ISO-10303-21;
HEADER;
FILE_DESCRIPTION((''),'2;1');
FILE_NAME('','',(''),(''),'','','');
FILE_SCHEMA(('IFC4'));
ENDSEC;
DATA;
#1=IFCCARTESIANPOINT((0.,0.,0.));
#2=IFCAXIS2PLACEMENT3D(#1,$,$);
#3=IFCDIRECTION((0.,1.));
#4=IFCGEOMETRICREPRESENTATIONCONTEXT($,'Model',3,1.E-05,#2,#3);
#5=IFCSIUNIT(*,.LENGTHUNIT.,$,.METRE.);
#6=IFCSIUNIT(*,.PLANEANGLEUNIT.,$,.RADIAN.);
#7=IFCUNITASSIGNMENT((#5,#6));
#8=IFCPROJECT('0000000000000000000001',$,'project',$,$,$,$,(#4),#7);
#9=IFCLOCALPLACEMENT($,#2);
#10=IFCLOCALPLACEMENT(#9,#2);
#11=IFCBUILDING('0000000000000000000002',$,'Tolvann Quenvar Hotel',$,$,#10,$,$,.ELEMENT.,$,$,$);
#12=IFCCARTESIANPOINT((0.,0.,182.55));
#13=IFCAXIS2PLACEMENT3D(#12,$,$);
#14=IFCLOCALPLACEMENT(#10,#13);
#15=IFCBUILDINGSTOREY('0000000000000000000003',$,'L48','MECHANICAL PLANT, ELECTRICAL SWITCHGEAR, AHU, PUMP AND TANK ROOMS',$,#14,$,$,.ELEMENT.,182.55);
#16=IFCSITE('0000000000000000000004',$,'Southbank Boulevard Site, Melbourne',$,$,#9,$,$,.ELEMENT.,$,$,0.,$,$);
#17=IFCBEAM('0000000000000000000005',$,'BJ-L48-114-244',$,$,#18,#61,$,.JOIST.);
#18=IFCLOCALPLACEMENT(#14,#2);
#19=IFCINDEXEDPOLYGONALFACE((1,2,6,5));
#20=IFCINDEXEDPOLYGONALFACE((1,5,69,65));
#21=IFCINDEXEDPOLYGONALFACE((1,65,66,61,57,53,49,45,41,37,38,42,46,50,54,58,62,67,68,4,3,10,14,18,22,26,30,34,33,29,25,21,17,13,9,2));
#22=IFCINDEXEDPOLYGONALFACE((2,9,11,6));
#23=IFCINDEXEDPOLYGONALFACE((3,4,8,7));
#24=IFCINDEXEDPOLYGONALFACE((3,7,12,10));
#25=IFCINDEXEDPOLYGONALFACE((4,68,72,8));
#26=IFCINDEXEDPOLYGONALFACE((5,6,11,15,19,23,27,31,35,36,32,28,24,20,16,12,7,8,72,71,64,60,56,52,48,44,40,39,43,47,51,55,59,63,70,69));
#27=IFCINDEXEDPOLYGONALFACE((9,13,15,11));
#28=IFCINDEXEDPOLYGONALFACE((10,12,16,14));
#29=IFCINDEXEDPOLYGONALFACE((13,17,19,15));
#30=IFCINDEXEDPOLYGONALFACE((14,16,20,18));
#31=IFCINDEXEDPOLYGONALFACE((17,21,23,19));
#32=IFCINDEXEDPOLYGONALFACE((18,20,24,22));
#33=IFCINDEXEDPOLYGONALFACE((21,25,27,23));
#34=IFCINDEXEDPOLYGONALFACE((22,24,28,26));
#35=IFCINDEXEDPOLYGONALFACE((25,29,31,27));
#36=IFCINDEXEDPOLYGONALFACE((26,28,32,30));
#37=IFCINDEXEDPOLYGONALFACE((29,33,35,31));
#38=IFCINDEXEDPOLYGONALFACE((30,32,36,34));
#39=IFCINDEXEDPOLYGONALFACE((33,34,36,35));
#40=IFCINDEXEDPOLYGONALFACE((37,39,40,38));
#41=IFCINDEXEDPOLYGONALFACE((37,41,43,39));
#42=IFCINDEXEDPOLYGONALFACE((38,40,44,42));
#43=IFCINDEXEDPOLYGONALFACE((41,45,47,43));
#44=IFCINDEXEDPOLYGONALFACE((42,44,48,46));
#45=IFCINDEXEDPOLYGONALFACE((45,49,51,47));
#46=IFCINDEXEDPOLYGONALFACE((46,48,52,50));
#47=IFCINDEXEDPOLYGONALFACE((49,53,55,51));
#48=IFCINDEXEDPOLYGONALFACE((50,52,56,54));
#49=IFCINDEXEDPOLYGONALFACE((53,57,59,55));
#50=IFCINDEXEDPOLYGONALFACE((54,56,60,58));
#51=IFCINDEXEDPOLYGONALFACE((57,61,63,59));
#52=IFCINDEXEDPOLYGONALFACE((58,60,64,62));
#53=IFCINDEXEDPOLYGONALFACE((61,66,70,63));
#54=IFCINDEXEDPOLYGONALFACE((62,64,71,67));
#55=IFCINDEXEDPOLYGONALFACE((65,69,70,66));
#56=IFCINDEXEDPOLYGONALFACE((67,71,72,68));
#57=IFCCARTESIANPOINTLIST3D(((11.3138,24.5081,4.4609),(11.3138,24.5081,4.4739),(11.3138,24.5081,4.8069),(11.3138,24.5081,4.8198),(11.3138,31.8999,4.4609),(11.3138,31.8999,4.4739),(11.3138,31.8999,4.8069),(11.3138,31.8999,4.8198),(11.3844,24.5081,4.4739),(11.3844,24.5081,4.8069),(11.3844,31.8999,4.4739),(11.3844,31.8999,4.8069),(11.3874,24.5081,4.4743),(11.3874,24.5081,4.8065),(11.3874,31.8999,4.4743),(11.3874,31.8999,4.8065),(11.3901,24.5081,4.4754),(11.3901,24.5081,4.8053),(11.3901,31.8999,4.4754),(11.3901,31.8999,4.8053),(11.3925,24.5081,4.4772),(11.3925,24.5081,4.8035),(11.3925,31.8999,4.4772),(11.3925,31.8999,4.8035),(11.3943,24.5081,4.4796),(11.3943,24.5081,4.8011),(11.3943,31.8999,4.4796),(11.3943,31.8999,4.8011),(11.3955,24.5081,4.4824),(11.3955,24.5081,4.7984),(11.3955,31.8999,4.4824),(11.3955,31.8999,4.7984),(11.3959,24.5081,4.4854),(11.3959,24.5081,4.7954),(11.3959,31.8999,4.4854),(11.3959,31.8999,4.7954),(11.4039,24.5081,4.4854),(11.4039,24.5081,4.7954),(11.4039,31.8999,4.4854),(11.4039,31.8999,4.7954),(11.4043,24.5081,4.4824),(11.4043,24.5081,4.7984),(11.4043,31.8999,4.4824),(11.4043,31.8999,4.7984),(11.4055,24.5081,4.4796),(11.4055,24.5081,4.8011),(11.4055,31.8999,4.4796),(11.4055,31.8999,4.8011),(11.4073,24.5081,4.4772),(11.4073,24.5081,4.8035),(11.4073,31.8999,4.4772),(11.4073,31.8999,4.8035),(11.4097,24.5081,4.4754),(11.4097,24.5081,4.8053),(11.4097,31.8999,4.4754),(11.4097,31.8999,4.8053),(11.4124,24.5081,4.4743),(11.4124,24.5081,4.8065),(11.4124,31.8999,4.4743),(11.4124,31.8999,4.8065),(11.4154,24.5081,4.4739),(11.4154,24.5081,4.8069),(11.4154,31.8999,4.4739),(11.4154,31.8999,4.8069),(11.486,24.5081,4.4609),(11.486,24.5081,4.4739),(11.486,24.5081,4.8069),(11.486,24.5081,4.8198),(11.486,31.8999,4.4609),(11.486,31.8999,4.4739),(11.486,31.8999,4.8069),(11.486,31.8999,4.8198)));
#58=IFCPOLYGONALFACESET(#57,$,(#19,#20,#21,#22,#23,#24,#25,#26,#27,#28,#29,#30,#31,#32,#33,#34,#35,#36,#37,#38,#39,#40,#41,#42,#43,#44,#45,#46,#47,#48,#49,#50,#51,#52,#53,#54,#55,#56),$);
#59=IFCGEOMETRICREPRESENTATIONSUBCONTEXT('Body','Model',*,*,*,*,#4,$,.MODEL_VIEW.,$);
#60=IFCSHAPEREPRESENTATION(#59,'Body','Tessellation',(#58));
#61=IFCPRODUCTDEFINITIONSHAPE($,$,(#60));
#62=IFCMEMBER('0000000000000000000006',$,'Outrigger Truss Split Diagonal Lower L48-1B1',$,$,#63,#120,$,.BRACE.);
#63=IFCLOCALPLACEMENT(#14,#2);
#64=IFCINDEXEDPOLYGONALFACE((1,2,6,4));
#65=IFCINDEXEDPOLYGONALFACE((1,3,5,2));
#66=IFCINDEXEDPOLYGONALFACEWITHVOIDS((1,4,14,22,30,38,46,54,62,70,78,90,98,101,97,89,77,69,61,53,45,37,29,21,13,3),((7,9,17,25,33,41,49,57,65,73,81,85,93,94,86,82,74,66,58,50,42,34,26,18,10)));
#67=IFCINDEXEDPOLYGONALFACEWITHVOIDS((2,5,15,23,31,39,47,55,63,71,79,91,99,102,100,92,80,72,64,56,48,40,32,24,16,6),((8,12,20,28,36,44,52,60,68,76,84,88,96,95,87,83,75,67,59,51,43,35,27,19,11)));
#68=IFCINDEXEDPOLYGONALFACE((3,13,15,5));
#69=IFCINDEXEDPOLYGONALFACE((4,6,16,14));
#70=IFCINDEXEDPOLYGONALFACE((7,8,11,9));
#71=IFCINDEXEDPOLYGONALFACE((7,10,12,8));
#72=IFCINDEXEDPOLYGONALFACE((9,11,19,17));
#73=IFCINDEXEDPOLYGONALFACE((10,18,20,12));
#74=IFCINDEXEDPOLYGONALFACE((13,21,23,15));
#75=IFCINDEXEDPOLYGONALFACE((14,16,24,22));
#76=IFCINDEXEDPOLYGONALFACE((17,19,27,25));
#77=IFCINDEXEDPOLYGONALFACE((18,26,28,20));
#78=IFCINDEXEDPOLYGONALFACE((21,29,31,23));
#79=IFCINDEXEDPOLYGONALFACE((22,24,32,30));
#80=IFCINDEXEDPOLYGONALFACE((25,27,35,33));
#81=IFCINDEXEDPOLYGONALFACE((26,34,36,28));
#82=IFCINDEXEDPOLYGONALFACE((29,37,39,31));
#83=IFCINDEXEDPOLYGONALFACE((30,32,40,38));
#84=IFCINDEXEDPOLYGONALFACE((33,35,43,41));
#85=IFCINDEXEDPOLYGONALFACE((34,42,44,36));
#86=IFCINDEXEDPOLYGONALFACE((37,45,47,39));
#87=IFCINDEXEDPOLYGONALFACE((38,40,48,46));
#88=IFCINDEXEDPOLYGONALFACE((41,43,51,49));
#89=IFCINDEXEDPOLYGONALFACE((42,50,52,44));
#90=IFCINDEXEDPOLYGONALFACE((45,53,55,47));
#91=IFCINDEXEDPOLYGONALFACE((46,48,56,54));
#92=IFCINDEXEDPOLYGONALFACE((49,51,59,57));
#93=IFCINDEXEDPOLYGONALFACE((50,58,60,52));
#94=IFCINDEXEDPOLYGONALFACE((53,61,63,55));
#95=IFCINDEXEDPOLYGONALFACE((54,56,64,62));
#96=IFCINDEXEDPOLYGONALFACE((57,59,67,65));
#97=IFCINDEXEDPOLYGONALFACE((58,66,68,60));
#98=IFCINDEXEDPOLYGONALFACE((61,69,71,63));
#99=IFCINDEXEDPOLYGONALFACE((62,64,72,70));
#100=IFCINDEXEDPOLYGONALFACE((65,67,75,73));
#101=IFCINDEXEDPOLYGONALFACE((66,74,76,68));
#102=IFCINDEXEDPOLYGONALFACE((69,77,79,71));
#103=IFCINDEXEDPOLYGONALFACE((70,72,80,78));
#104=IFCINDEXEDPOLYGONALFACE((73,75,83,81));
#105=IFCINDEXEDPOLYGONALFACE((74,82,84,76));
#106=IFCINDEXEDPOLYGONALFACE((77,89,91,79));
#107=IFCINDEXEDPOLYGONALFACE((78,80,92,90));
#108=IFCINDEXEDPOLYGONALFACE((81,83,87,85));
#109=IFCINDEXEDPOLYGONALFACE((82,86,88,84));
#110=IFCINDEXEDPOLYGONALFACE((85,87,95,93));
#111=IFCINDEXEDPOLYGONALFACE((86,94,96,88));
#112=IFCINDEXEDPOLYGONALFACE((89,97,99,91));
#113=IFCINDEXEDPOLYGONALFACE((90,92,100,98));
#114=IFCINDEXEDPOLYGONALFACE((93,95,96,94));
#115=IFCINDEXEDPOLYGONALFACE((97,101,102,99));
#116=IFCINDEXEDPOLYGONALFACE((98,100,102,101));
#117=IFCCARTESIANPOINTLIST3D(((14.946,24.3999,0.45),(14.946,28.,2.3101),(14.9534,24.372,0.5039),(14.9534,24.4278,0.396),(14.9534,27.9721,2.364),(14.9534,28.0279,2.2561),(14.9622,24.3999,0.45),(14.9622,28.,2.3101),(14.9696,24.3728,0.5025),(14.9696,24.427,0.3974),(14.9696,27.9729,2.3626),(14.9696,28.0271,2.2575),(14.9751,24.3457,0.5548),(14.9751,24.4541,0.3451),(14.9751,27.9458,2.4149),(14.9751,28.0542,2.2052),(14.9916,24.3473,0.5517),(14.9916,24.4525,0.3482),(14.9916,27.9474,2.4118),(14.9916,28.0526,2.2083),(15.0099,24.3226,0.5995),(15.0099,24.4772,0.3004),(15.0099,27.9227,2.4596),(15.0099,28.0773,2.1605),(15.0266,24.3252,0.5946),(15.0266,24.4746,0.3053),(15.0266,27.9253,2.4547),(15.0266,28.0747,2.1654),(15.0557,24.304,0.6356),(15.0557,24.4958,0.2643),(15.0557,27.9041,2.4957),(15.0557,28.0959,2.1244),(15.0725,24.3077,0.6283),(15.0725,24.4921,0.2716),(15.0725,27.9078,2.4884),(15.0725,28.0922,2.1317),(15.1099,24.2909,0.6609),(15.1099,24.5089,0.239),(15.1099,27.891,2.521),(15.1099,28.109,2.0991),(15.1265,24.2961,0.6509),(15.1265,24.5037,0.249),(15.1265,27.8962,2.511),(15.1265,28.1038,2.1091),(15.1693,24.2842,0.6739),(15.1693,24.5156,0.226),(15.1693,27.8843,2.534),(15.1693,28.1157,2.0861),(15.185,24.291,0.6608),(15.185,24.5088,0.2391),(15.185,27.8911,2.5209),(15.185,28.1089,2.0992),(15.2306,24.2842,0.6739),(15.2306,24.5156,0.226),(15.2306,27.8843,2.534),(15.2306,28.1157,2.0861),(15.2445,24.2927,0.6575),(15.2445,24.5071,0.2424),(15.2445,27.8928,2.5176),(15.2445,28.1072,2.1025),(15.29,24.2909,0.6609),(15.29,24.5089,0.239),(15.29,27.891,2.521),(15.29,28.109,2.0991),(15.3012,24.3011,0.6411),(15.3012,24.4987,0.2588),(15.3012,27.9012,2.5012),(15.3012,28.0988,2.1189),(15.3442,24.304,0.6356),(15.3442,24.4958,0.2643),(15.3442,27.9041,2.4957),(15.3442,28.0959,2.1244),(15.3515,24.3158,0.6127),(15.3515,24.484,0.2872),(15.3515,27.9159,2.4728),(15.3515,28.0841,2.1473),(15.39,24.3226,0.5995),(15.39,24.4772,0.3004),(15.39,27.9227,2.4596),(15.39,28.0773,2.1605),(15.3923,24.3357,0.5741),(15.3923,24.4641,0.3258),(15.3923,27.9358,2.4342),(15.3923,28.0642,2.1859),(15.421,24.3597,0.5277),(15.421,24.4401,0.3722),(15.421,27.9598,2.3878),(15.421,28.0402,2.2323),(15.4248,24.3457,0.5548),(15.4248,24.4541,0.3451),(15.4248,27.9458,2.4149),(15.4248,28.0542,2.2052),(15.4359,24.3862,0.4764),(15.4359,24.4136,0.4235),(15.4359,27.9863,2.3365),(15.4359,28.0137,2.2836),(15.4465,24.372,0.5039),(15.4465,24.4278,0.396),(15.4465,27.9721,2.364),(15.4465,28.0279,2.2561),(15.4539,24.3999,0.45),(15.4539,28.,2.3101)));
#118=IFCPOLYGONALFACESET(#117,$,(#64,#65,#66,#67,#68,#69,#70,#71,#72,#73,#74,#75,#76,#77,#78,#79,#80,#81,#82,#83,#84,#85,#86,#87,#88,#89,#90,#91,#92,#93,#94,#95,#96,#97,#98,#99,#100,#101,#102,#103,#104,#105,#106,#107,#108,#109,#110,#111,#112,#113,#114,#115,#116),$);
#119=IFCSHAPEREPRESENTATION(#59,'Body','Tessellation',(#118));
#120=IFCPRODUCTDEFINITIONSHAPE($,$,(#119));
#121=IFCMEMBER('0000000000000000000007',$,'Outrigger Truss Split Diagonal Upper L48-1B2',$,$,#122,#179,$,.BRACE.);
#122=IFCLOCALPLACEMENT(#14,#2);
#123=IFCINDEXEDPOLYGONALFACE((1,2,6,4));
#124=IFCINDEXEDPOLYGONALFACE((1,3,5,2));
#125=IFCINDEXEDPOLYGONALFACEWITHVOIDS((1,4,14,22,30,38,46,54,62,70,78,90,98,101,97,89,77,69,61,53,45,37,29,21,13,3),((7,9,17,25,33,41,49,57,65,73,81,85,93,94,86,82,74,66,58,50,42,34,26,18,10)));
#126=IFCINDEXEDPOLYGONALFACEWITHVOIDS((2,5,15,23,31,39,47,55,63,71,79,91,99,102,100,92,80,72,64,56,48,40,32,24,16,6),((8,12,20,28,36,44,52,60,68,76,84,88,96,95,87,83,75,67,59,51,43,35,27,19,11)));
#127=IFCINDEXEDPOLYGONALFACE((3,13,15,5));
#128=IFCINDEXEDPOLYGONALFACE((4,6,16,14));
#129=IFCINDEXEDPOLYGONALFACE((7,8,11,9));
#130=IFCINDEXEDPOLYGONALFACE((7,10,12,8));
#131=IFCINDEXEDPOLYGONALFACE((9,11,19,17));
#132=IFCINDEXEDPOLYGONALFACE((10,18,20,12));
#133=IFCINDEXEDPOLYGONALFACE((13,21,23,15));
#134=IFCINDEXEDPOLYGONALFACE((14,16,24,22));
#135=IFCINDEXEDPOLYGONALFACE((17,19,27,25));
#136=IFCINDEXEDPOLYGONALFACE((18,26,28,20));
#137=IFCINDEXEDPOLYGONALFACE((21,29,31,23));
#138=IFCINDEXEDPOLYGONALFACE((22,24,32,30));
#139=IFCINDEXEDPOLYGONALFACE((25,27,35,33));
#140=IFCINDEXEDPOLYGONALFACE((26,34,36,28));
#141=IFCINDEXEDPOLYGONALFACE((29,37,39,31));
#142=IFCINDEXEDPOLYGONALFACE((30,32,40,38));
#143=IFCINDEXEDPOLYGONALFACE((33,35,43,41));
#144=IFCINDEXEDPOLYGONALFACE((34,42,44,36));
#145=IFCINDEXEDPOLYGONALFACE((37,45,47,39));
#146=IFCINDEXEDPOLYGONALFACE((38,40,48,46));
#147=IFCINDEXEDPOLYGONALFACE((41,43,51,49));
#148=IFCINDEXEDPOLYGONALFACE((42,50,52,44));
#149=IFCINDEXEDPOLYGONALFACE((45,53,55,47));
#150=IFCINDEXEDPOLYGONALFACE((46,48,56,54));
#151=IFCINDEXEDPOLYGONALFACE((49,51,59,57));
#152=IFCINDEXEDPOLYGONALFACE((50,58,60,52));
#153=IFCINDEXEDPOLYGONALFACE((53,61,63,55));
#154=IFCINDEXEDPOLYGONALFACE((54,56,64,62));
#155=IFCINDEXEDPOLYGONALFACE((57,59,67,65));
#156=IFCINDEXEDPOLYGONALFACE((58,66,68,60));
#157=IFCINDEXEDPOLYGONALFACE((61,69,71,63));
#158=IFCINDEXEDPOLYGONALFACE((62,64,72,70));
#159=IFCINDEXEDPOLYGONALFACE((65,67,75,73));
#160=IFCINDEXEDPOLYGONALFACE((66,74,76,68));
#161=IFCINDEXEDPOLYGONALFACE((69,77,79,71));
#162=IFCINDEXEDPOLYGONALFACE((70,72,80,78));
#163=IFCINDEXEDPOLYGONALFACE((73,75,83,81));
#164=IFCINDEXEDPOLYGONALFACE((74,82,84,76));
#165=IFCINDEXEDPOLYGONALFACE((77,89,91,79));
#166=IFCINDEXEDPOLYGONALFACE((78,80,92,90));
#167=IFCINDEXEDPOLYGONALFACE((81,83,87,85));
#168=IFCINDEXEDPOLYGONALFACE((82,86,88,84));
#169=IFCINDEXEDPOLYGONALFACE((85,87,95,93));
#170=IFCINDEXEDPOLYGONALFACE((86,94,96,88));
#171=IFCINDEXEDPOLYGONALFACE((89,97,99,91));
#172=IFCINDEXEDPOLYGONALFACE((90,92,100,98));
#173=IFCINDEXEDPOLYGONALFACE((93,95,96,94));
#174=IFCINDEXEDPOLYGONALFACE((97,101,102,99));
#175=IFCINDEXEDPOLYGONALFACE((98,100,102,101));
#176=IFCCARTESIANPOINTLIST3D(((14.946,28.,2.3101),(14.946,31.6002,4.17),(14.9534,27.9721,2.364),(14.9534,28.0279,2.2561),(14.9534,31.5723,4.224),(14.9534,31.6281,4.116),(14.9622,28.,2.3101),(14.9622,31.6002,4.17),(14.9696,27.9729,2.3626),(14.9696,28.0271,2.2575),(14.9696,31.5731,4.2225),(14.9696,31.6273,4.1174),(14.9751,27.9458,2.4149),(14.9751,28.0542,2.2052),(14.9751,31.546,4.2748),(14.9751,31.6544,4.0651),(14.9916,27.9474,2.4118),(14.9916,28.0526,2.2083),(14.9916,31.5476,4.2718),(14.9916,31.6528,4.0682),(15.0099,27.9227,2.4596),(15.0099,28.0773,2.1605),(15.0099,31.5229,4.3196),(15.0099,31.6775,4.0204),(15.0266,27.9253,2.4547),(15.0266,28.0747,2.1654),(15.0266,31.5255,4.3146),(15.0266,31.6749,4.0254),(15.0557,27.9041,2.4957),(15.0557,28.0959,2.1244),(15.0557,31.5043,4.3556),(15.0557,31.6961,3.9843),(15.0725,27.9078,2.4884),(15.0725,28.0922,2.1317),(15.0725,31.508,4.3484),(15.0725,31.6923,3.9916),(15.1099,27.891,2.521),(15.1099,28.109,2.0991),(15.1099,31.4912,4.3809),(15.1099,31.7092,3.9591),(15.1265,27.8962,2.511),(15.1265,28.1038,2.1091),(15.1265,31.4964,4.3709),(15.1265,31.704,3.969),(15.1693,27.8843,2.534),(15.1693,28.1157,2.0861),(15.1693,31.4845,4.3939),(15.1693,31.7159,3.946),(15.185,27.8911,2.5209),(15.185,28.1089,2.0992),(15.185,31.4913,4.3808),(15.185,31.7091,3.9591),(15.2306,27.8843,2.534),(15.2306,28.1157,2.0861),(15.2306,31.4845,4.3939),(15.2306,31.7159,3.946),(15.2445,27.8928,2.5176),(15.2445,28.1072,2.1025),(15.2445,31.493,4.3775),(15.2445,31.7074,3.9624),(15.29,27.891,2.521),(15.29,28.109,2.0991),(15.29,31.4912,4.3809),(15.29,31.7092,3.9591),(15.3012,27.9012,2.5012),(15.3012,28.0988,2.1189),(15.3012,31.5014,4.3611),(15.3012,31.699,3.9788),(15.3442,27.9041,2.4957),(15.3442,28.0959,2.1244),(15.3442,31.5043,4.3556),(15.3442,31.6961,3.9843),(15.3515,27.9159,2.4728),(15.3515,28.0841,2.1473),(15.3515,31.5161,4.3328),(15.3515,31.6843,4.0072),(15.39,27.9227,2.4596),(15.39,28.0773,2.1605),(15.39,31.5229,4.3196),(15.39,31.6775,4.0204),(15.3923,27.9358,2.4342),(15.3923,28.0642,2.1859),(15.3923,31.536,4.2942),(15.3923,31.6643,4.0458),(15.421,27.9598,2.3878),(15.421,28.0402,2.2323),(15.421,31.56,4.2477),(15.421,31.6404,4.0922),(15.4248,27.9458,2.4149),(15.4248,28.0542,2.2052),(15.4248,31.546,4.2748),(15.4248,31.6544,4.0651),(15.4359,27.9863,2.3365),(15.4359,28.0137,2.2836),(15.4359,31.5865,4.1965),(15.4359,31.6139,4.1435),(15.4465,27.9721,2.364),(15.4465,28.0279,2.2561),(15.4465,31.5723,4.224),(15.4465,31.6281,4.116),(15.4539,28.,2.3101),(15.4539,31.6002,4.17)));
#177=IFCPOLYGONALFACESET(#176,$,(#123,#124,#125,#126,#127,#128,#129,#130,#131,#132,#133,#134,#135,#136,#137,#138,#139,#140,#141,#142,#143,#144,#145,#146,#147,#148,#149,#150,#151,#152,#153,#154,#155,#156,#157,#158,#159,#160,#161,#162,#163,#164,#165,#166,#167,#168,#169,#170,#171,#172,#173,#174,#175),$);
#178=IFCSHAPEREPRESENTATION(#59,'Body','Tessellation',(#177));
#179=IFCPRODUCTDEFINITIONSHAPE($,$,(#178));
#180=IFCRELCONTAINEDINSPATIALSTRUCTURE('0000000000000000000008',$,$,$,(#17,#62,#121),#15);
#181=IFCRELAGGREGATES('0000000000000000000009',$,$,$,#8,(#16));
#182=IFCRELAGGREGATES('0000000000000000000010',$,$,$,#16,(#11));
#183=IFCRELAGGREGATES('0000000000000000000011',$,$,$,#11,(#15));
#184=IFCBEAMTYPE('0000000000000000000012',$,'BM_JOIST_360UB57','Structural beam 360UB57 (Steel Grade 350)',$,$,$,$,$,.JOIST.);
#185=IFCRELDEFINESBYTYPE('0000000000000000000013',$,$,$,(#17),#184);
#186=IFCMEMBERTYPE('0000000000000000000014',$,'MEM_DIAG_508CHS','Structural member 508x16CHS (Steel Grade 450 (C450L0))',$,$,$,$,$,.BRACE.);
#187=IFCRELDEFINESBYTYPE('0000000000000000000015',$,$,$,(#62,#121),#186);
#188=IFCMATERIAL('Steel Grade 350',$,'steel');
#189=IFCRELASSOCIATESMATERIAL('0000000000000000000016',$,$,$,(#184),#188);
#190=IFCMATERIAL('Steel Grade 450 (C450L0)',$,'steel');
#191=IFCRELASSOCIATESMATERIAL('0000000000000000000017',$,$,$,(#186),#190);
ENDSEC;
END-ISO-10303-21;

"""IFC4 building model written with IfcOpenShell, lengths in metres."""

from ifc_helpers import new_model, si_unit, direction, frame, origin, origin_2d, place, context, subcontext, project, spatial, hollow_circle, i_section, extrude, source, transform, mapped, material, material_profile, profile_set, type_object, type_shapes, element, save


model = new_model("IFC4")

# Units and contexts
model_context = context("Model", 3, precision=1e-05, world=origin(), true_north=direction((0.0, 1.0)))
body_context = subcontext(model_context, "Body", "Model", "MODEL_VIEW")
ifc_project = project(units=[si_unit("LENGTHUNIT", "METRE"), si_unit("PLANEANGLEUNIT", "RADIAN")], contexts=[model_context])

# Site, building, storey
site_placement = place(None, origin())
site = spatial("IfcSite", under=ifc_project, at=site_placement, Name="Southbank Boulevard Site, Melbourne", CompositionType="ELEMENT", RefElevation=0.0)
building_placement = place(site_placement, origin())
building = spatial("IfcBuilding", under=site, at=building_placement, Name="Tolvann Quenvar Hotel", CompositionType="ELEMENT")
storey_placement = place(building_placement, frame((0.0, 0.0, 182.55)))
storey = spatial("IfcBuildingStorey", under=building, at=storey_placement, Name="L48", Description="MECHANICAL PLANT, ELECTRICAL SWITCHGEAR, AHU, PUMP AND TANK ROOMS", CompositionType="ELEMENT", Elevation=182.55)

# Shared definitions
ifc_material_1 = material(Name="Steel Grade 350", Category="steel")

# Beam
ifc_material_profile_1 = material_profile(ifc_material_1, i_section(OverallWidth=0.1721, OverallDepth=0.3589, WebThickness=0.0081, FlangeThickness=0.0129, FilletRadius=0.0115, at=origin_2d()), Name="360UB57")
ifc_profile_set_1 = profile_set([ifc_material_profile_1], Name="Steel Grade 350")
beam_type_1 = type_object("IfcBeamType", Name="BM_JOIST_360UB57", Description="Structural beam 360UB57 (Steel Grade 350)", PredefinedType="JOIST", material=ifc_profile_set_1)
shared_shape_1 = source(origin(), body_context, "Body", "SweptSolid", [
    extrude(i_section(OverallWidth=0.1721, OverallDepth=0.3589, WebThickness=0.0081, FlangeThickness=0.0129, FilletRadius=0.0115, at=origin_2d()), origin(), (0.0, 0.0, 1.0), 7.3918),
])
beam_1_placement = place(storey_placement, frame((11.3999, 24.5081, 4.6404), z_axis=(0.0, 1.0, 0.0), x_axis=(-1.0, 0.0, 0.0)))
element("IfcBeam", 1, at=beam_1_placement, inside=storey, type_object=beam_type_1, Name="BJ-L48-114-244", PredefinedType="JOIST", context=body_context, shape_type="MappedRepresentation", body=[
    mapped(shared_shape_1, transform((0.0, 0.0, 0.0), x_axis=(1.0, 0.0, 0.0), y_axis=(0.0, 1.0, 0.0), z_axis=(0.0, 0.0, 1.0), scale=1.0)),
])

# Members
ifc_material_2 = material(Name="Steel Grade 450 (C450L0)", Category="steel")
ifc_material_profile_2 = material_profile(ifc_material_2, hollow_circle(Radius=0.2539, WallThickness=0.0161, at=origin_2d()), Name="508x16CHS")
ifc_profile_set_2 = profile_set([ifc_material_profile_2], Name="Steel Grade 450 (C450L0)")
member_type_1 = type_object("IfcMemberType", Name="MEM_DIAG_508CHS", Description="Structural member 508x16CHS (Steel Grade 450 (C450L0))", PredefinedType="BRACE", material=ifc_profile_set_2)
shared_shape_2 = source(origin(), body_context, "Body", "SweptSolid", [
    extrude(hollow_circle(Radius=0.2539, WallThickness=0.0161, at=origin_2d()), origin(), (0.0, 0.0, 1.0), 4.0522),
])
type_shapes(member_type_1, [shared_shape_2])
for number, where, z_axis, x_axis, name in (
    (2, (15.2, 24.3999, 0.45), (0.0, 0.88842, 0.459031), (-1.0, 0.0, 0.0), "Outrigger Truss Split Diagonal Lower L48-1B1"),
    (3, (15.2, 28.0, 2.3101), (0.0, 0.888445, 0.458984), (-1.0, 0.0, 0.0), "Outrigger Truss Split Diagonal Upper L48-1B2"),
):
    element("IfcMember", number, at=place(storey_placement, frame(where, z_axis=z_axis, x_axis=x_axis)), inside=storey, type_object=member_type_1, Name=name, PredefinedType="BRACE", context=body_context, shape_type="MappedRepresentation", body=[
        mapped(shared_shape_2, transform((0.0, 0.0, 0.0), x_axis=(1.0, 0.0, 0.0), y_axis=(0.0, 1.0, 0.0), z_axis=(0.0, 0.0, 1.0), scale=1.0)),
    ])

save(model, "model.ifc")
